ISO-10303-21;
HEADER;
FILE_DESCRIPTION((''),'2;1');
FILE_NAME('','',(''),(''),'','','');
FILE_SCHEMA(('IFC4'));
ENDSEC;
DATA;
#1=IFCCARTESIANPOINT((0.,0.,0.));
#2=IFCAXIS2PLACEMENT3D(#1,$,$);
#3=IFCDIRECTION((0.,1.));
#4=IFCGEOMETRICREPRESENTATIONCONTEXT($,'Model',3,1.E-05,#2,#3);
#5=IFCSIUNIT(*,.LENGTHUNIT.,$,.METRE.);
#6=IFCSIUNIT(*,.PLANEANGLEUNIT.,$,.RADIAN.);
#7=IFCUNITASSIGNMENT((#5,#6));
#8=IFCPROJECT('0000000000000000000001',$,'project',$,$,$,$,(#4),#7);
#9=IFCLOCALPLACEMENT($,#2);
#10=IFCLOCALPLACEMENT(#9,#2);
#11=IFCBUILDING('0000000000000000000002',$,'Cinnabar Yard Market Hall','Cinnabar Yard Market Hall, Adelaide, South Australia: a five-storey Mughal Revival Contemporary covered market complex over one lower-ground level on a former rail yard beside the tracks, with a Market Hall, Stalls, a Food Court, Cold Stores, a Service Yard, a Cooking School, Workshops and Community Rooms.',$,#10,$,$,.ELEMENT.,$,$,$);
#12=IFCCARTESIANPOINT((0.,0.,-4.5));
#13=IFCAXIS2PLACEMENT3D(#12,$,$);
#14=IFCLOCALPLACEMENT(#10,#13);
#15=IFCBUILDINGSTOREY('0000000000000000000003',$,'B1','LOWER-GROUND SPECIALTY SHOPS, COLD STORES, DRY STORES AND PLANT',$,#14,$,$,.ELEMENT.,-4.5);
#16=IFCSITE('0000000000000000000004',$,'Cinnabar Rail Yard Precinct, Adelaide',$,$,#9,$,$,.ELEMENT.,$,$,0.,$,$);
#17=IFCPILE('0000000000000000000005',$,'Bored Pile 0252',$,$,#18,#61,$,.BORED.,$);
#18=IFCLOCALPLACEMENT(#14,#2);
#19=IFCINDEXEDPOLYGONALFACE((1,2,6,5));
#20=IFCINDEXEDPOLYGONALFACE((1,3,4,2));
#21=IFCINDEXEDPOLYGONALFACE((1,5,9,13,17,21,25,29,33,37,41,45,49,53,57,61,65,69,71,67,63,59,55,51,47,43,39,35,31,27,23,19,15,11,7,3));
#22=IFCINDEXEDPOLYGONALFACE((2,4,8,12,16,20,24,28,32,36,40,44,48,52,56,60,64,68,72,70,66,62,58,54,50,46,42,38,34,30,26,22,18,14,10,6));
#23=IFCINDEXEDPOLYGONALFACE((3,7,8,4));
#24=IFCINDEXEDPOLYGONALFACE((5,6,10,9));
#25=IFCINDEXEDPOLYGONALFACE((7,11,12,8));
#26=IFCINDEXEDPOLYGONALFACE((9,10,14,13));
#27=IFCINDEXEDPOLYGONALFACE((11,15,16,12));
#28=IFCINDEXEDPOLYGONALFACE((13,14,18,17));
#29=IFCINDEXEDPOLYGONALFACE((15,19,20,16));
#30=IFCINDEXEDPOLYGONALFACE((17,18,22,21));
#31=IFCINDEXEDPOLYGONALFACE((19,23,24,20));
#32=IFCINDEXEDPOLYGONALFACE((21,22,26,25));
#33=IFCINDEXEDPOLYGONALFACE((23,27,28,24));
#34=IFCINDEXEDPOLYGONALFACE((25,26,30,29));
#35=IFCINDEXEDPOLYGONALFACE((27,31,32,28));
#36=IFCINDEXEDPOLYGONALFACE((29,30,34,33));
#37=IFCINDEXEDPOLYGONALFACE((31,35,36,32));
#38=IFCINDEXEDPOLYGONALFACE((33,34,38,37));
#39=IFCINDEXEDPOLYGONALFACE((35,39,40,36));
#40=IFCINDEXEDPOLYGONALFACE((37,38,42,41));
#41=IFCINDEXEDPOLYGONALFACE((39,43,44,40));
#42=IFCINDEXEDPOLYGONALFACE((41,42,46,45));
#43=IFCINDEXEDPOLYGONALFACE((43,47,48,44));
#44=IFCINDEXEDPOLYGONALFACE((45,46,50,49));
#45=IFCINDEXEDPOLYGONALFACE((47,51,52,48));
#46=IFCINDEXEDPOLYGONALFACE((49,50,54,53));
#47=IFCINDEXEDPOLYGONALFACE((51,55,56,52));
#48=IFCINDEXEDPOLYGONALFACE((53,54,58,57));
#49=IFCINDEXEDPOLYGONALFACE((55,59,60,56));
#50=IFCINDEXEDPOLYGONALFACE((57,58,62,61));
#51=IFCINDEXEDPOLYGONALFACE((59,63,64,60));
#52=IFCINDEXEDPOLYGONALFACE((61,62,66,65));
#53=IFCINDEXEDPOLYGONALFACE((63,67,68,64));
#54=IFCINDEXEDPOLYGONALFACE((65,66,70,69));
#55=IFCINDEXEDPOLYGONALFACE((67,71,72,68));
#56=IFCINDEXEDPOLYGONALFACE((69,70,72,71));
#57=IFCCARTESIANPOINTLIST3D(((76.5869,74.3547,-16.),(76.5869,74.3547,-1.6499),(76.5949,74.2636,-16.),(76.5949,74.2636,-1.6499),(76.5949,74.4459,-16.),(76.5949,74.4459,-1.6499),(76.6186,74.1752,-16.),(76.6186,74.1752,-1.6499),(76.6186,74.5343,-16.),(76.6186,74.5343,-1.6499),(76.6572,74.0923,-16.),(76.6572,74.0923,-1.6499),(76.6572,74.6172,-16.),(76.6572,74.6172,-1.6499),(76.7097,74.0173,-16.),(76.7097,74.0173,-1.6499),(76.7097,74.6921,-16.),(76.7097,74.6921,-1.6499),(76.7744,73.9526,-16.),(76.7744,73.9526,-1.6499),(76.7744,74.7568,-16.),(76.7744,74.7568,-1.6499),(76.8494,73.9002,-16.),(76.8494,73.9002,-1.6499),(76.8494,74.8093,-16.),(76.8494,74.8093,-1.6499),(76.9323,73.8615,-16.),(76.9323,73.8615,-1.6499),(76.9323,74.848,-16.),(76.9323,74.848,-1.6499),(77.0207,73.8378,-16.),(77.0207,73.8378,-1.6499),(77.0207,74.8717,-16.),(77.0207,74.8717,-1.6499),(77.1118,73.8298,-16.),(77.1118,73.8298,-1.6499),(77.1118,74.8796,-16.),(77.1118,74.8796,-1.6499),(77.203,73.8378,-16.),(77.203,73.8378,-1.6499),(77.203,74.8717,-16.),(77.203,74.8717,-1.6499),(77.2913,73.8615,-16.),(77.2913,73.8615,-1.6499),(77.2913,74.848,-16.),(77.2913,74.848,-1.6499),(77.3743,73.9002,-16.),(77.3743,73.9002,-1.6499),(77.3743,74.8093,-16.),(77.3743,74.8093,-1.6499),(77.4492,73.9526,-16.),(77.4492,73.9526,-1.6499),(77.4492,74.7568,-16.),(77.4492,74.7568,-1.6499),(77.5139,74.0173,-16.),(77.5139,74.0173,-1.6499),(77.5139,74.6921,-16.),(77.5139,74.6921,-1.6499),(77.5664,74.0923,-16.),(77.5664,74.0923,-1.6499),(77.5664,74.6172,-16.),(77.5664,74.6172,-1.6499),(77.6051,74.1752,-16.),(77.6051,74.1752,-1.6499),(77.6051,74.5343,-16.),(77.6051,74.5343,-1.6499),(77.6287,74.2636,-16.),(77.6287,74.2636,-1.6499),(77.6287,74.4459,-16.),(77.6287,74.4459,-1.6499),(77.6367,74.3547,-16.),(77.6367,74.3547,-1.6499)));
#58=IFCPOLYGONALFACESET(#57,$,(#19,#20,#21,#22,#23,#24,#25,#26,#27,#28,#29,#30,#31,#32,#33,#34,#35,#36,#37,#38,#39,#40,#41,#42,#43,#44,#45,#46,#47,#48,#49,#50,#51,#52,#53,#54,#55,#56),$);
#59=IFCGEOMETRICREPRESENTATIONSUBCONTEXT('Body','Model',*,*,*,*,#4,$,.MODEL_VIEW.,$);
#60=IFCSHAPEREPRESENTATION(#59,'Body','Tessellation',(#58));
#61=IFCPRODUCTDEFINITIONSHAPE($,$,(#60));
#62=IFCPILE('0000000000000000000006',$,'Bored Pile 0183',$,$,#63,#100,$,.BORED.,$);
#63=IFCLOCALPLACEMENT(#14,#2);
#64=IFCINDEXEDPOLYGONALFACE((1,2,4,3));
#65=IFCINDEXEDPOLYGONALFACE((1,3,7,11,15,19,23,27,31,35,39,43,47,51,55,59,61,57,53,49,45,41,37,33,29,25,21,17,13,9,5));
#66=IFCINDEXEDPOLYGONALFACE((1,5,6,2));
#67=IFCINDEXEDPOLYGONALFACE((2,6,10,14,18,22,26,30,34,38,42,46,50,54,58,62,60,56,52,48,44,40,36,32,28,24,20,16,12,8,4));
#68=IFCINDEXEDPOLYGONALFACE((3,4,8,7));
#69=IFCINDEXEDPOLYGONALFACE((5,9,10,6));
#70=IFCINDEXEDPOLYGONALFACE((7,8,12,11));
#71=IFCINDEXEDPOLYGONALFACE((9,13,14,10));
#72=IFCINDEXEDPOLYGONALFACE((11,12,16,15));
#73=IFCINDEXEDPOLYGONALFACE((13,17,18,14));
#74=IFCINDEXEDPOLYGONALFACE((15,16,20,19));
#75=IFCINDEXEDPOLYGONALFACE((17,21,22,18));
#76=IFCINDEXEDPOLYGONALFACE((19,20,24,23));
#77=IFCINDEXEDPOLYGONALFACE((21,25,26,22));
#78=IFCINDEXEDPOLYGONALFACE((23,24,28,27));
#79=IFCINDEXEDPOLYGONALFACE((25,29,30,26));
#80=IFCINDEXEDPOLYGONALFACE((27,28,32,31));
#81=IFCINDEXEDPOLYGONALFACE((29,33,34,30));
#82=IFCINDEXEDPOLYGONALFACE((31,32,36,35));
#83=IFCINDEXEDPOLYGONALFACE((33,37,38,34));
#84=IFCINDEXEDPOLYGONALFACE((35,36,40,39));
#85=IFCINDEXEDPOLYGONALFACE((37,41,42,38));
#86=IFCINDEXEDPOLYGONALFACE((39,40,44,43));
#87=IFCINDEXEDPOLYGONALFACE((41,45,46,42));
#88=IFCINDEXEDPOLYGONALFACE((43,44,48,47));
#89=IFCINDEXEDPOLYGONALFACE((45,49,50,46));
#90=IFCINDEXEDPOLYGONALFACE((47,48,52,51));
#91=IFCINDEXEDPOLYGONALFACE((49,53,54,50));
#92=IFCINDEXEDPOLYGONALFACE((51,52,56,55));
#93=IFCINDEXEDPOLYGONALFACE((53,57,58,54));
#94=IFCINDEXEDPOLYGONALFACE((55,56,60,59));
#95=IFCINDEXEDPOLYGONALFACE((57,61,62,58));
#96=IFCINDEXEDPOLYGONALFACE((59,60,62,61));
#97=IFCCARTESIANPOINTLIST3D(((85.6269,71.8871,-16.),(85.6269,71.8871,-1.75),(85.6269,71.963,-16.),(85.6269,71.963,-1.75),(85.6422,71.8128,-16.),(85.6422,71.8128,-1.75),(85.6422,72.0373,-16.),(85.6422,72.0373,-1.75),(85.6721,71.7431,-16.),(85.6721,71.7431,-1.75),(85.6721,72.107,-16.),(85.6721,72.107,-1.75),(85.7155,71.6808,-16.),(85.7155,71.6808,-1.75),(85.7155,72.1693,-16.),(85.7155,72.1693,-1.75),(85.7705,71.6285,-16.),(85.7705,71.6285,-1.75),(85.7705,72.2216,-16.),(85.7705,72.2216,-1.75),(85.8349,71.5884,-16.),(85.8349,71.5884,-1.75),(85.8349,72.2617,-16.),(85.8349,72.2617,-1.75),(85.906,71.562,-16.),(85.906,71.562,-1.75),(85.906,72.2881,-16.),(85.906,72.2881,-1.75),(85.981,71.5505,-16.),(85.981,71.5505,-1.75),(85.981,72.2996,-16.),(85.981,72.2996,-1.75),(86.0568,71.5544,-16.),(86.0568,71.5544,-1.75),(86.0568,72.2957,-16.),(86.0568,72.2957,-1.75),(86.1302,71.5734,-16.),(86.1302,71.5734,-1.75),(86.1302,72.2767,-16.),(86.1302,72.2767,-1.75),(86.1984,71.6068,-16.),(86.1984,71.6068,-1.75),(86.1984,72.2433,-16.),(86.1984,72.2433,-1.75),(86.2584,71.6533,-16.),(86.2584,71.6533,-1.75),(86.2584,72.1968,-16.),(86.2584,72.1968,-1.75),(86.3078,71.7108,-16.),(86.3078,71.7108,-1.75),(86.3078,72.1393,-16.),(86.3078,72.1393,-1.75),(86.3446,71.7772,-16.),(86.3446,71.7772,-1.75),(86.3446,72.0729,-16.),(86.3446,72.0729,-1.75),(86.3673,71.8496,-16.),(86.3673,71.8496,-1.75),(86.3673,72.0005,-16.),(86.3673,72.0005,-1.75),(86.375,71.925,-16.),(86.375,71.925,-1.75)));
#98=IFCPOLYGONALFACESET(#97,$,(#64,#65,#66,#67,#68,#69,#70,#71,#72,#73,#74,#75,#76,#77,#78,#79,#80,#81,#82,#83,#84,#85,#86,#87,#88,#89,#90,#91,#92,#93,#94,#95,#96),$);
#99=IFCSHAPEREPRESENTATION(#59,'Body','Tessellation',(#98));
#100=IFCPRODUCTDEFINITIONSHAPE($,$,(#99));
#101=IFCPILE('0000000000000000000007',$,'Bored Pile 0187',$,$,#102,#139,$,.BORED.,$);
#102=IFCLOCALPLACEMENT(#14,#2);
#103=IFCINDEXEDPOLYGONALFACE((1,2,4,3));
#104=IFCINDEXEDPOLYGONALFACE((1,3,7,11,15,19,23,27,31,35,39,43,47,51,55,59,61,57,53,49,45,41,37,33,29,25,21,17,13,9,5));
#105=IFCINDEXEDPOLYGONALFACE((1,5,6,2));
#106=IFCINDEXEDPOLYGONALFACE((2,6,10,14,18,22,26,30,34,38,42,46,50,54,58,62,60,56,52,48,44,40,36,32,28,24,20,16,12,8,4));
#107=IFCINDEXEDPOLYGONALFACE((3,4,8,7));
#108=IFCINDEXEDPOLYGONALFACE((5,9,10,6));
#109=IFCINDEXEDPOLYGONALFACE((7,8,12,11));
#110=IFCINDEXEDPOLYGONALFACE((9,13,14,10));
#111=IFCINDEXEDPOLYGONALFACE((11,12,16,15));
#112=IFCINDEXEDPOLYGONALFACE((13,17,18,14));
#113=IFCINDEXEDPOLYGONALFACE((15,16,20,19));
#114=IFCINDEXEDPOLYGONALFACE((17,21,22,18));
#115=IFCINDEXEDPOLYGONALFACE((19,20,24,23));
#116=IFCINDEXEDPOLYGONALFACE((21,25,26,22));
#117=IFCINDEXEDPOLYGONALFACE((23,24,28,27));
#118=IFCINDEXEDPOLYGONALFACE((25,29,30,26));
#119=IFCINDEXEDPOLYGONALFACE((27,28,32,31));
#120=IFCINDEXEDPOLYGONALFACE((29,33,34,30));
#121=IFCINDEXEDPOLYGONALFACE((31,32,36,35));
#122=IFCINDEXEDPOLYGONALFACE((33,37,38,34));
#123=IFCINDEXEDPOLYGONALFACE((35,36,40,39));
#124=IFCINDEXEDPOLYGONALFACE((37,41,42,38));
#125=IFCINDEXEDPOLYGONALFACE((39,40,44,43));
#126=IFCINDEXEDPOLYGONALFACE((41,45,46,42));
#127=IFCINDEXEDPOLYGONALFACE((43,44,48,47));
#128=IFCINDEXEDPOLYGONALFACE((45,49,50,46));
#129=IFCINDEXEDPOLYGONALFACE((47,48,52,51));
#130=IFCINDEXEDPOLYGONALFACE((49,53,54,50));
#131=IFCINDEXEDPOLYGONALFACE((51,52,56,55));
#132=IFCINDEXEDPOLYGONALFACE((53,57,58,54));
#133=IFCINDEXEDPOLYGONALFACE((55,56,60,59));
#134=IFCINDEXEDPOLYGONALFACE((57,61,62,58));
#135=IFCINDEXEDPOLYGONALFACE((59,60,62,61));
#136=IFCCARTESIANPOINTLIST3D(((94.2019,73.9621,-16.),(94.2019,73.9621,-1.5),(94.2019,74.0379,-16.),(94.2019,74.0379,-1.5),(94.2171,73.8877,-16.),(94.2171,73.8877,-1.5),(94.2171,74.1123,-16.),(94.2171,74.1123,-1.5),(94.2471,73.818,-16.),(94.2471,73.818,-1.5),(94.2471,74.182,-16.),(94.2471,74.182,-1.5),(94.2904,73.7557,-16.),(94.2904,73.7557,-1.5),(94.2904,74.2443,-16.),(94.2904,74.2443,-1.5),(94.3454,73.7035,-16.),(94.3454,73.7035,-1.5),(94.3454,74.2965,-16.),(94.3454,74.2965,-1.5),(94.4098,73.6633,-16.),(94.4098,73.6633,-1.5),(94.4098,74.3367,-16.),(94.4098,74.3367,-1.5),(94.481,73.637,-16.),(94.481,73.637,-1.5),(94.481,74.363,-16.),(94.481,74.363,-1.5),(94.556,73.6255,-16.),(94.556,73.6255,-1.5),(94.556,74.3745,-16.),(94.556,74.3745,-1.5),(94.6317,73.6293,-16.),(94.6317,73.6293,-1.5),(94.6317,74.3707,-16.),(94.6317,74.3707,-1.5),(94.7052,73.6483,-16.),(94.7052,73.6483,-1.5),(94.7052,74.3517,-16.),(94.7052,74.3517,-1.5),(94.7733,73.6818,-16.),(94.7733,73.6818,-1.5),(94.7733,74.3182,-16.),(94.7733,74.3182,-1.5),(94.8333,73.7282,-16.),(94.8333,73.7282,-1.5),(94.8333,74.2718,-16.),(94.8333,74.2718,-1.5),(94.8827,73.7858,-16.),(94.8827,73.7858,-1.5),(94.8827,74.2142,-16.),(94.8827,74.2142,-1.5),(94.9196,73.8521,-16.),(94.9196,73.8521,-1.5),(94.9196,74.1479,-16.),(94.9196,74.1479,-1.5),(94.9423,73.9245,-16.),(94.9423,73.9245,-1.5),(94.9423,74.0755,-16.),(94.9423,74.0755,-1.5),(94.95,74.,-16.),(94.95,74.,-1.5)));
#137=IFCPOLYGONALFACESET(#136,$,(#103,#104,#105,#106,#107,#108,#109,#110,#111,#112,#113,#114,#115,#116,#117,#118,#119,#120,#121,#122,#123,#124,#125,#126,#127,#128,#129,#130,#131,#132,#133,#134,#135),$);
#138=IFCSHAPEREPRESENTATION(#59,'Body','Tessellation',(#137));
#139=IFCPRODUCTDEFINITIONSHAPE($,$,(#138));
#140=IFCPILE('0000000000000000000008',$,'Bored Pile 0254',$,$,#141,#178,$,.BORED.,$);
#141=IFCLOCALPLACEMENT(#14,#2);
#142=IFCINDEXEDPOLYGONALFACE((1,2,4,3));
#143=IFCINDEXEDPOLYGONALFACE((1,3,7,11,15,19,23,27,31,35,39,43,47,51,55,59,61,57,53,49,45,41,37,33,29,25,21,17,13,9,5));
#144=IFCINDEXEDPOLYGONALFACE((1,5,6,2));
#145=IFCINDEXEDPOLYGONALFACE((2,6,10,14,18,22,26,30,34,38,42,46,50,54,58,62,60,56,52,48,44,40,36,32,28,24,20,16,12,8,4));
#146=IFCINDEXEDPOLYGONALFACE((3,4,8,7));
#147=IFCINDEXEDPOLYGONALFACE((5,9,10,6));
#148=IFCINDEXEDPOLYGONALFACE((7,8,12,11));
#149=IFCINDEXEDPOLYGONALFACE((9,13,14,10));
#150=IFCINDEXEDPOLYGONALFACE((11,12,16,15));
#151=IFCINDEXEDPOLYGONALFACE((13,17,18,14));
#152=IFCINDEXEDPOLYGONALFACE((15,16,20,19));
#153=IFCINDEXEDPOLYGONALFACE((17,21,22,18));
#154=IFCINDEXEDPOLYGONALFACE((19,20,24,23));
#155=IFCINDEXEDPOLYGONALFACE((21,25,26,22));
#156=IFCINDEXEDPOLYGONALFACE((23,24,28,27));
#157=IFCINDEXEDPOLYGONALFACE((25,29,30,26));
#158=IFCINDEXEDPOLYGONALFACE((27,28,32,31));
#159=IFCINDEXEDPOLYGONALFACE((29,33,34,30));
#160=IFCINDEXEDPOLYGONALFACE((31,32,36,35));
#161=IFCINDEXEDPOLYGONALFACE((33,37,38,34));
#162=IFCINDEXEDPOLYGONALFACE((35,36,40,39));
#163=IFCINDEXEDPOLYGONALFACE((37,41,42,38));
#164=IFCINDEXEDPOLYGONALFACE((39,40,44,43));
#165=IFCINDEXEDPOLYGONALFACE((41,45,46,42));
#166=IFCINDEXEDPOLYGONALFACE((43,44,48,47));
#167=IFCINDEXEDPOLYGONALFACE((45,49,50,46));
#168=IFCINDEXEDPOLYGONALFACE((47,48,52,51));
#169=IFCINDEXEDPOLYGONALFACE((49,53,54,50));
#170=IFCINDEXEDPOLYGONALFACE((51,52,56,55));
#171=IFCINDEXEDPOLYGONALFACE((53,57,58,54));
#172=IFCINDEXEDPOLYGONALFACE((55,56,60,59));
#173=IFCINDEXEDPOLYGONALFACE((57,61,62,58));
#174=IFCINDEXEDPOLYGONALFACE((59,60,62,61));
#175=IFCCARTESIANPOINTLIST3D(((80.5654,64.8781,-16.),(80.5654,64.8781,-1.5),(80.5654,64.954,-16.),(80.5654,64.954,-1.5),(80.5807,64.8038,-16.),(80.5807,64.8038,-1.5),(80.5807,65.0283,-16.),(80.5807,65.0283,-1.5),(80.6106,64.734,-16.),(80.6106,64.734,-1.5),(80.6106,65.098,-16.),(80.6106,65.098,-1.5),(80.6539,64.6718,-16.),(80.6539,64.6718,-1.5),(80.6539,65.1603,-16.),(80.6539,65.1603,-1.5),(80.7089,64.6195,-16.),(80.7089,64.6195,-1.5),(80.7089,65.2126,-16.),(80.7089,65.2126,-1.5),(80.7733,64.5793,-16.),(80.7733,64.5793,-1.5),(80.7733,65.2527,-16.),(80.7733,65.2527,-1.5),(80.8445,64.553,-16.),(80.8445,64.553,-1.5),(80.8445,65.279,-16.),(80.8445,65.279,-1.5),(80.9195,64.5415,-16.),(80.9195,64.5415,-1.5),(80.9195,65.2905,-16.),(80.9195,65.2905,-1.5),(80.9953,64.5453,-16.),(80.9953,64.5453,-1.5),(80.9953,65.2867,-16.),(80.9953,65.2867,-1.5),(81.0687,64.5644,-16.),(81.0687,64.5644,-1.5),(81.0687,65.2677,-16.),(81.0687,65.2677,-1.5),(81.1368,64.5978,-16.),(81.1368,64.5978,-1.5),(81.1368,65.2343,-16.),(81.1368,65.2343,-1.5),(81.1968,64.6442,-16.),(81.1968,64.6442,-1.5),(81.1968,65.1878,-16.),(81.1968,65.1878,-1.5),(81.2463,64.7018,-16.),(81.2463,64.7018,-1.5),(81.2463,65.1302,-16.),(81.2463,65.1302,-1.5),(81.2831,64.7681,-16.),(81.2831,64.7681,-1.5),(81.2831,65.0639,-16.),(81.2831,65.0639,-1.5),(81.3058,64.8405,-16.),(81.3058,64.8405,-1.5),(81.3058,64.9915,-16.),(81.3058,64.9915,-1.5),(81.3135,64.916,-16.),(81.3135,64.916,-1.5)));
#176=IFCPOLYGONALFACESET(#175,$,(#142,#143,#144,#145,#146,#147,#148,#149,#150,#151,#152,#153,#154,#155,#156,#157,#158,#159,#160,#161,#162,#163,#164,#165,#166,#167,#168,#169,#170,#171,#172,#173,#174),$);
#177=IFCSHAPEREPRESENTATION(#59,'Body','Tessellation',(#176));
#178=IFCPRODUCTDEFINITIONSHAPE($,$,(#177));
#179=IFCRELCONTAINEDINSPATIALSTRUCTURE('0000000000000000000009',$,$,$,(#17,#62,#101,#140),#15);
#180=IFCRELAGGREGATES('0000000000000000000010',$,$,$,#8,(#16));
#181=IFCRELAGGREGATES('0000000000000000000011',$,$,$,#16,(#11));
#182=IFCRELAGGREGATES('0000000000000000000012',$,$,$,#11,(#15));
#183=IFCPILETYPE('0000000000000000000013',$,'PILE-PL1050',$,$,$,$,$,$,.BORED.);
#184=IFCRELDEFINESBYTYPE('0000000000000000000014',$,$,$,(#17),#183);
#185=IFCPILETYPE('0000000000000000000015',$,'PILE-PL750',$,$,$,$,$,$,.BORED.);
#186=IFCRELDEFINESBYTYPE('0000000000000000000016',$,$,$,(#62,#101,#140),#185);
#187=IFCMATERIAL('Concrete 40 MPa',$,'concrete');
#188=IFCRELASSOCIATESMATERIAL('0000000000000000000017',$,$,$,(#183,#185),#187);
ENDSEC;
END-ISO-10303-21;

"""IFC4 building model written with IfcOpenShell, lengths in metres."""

from ifc_helpers import new_model, si_unit, direction, frame, origin, origin_2d_with_axis, place, context, subcontext, project, spatial, circle, extrude, material, material_profile, profile_set, type_object, element, save


model = new_model("IFC4")

# Units and contexts
model_context = context("Model", 3, precision=1e-05, world=origin(), true_north=direction((0.0, 1.0)))
body_context = subcontext(model_context, "Body", "Model", "MODEL_VIEW")
ifc_project = project(units=[si_unit("LENGTHUNIT", "METRE"), si_unit("PLANEANGLEUNIT", "RADIAN")], contexts=[model_context])

# Site, building, storey
site_placement = place(None, origin())
site = spatial("IfcSite", under=ifc_project, at=site_placement, Name="Cinnabar Rail Yard Precinct, Adelaide", CompositionType="ELEMENT", RefElevation=0.0)
building_placement = place(site_placement, origin())
building = spatial("IfcBuilding", under=site, at=building_placement, Name="Cinnabar Yard Market Hall", Description="Cinnabar Yard Market Hall, Adelaide, South Australia: a five-storey Mughal Revival Contemporary covered market complex over one lower-ground level on a former rail yard beside the tracks, with a Market Hall, Stalls, a Food Court, Cold Stores, a Service Yard, a Cooking School, Workshops and Community Rooms.", CompositionType="ELEMENT")
storey_placement = place(building_placement, frame((0.0, 0.0, -4.5)))
storey = spatial("IfcBuildingStorey", under=building, at=storey_placement, Name="B1", Description="LOWER-GROUND SPECIALTY SHOPS, COLD STORES, DRY STORES AND PLANT", CompositionType="ELEMENT", Elevation=-4.5)

# Shared definitions
ifc_material_1 = material(Name="Concrete 40 MPa", Category="concrete")

# Piles
ifc_material_profile_1 = material_profile(ifc_material_1, circle(Radius=0.5249, at=origin_2d_with_axis()), Name="PILE-D1050")
ifc_profile_set_1 = profile_set([ifc_material_profile_1], Name="Concrete 40 MPa")
pile_type_1 = type_object("IfcPileType", Name="PILE-PL1050", PredefinedType="BORED", material=ifc_profile_set_1)
for number, where, z_axis, x_axis, name in (
    (1, (77.1118, 74.3547, -1.6499), (0.0, 0.0, -1.0), (1.0, 0.0, 0.0), "Bored Pile 0252"),
):
    element("IfcPile", number, at=place(storey_placement, frame(where, z_axis=z_axis, x_axis=x_axis)), inside=storey, type_object=pile_type_1, Name=name, PredefinedType="BORED", context=body_context, shape_type="SweptSolid", body=[
        extrude(circle(Radius=0.5249, at=origin_2d_with_axis()), origin(), (0.0, 0.0, 1.0), 14.3501),
    ])
ifc_material_profile_2 = material_profile(ifc_material_1, circle(Radius=0.375, at=origin_2d_with_axis()), Name="PILE-D750")
ifc_profile_set_2 = profile_set([ifc_material_profile_2], Name="Concrete 40 MPa")
pile_type_2 = type_object("IfcPileType", Name="PILE-PL750", PredefinedType="BORED", material=ifc_profile_set_2)
pile_1_placement = place(storey_placement, frame((86.0, 71.925, -1.75), z_axis=(0.0, 0.0, -1.0), x_axis=(1.0, 0.0, 0.0)))
element("IfcPile", 2, at=pile_1_placement, inside=storey, type_object=pile_type_2, Name="Bored Pile 0183", PredefinedType="BORED", context=body_context, shape_type="SweptSolid", body=[
    extrude(circle(Radius=0.375, at=origin_2d_with_axis()), origin(), (0.0, 0.0, 1.0), 14.25),
])
for number, where, z_axis, x_axis, name in (
    (3, (94.575, 74.0, -1.5), (0.0, 0.0, -1.0), (1.0, 0.0, 0.0), "Bored Pile 0187"),
    (4, (80.9385, 64.916, -1.5), (0.0, 0.0, -1.0), (1.0, 0.0, 0.0), "Bored Pile 0254"),
):
    element("IfcPile", number, at=place(storey_placement, frame(where, z_axis=z_axis, x_axis=x_axis)), inside=storey, type_object=pile_type_2, Name=name, PredefinedType="BORED", context=body_context, shape_type="SweptSolid", body=[
        extrude(circle(Radius=0.375, at=origin_2d_with_axis()), origin(), (0.0, 0.0, 1.0), 14.5),
    ])

save(model, "model.ifc")
